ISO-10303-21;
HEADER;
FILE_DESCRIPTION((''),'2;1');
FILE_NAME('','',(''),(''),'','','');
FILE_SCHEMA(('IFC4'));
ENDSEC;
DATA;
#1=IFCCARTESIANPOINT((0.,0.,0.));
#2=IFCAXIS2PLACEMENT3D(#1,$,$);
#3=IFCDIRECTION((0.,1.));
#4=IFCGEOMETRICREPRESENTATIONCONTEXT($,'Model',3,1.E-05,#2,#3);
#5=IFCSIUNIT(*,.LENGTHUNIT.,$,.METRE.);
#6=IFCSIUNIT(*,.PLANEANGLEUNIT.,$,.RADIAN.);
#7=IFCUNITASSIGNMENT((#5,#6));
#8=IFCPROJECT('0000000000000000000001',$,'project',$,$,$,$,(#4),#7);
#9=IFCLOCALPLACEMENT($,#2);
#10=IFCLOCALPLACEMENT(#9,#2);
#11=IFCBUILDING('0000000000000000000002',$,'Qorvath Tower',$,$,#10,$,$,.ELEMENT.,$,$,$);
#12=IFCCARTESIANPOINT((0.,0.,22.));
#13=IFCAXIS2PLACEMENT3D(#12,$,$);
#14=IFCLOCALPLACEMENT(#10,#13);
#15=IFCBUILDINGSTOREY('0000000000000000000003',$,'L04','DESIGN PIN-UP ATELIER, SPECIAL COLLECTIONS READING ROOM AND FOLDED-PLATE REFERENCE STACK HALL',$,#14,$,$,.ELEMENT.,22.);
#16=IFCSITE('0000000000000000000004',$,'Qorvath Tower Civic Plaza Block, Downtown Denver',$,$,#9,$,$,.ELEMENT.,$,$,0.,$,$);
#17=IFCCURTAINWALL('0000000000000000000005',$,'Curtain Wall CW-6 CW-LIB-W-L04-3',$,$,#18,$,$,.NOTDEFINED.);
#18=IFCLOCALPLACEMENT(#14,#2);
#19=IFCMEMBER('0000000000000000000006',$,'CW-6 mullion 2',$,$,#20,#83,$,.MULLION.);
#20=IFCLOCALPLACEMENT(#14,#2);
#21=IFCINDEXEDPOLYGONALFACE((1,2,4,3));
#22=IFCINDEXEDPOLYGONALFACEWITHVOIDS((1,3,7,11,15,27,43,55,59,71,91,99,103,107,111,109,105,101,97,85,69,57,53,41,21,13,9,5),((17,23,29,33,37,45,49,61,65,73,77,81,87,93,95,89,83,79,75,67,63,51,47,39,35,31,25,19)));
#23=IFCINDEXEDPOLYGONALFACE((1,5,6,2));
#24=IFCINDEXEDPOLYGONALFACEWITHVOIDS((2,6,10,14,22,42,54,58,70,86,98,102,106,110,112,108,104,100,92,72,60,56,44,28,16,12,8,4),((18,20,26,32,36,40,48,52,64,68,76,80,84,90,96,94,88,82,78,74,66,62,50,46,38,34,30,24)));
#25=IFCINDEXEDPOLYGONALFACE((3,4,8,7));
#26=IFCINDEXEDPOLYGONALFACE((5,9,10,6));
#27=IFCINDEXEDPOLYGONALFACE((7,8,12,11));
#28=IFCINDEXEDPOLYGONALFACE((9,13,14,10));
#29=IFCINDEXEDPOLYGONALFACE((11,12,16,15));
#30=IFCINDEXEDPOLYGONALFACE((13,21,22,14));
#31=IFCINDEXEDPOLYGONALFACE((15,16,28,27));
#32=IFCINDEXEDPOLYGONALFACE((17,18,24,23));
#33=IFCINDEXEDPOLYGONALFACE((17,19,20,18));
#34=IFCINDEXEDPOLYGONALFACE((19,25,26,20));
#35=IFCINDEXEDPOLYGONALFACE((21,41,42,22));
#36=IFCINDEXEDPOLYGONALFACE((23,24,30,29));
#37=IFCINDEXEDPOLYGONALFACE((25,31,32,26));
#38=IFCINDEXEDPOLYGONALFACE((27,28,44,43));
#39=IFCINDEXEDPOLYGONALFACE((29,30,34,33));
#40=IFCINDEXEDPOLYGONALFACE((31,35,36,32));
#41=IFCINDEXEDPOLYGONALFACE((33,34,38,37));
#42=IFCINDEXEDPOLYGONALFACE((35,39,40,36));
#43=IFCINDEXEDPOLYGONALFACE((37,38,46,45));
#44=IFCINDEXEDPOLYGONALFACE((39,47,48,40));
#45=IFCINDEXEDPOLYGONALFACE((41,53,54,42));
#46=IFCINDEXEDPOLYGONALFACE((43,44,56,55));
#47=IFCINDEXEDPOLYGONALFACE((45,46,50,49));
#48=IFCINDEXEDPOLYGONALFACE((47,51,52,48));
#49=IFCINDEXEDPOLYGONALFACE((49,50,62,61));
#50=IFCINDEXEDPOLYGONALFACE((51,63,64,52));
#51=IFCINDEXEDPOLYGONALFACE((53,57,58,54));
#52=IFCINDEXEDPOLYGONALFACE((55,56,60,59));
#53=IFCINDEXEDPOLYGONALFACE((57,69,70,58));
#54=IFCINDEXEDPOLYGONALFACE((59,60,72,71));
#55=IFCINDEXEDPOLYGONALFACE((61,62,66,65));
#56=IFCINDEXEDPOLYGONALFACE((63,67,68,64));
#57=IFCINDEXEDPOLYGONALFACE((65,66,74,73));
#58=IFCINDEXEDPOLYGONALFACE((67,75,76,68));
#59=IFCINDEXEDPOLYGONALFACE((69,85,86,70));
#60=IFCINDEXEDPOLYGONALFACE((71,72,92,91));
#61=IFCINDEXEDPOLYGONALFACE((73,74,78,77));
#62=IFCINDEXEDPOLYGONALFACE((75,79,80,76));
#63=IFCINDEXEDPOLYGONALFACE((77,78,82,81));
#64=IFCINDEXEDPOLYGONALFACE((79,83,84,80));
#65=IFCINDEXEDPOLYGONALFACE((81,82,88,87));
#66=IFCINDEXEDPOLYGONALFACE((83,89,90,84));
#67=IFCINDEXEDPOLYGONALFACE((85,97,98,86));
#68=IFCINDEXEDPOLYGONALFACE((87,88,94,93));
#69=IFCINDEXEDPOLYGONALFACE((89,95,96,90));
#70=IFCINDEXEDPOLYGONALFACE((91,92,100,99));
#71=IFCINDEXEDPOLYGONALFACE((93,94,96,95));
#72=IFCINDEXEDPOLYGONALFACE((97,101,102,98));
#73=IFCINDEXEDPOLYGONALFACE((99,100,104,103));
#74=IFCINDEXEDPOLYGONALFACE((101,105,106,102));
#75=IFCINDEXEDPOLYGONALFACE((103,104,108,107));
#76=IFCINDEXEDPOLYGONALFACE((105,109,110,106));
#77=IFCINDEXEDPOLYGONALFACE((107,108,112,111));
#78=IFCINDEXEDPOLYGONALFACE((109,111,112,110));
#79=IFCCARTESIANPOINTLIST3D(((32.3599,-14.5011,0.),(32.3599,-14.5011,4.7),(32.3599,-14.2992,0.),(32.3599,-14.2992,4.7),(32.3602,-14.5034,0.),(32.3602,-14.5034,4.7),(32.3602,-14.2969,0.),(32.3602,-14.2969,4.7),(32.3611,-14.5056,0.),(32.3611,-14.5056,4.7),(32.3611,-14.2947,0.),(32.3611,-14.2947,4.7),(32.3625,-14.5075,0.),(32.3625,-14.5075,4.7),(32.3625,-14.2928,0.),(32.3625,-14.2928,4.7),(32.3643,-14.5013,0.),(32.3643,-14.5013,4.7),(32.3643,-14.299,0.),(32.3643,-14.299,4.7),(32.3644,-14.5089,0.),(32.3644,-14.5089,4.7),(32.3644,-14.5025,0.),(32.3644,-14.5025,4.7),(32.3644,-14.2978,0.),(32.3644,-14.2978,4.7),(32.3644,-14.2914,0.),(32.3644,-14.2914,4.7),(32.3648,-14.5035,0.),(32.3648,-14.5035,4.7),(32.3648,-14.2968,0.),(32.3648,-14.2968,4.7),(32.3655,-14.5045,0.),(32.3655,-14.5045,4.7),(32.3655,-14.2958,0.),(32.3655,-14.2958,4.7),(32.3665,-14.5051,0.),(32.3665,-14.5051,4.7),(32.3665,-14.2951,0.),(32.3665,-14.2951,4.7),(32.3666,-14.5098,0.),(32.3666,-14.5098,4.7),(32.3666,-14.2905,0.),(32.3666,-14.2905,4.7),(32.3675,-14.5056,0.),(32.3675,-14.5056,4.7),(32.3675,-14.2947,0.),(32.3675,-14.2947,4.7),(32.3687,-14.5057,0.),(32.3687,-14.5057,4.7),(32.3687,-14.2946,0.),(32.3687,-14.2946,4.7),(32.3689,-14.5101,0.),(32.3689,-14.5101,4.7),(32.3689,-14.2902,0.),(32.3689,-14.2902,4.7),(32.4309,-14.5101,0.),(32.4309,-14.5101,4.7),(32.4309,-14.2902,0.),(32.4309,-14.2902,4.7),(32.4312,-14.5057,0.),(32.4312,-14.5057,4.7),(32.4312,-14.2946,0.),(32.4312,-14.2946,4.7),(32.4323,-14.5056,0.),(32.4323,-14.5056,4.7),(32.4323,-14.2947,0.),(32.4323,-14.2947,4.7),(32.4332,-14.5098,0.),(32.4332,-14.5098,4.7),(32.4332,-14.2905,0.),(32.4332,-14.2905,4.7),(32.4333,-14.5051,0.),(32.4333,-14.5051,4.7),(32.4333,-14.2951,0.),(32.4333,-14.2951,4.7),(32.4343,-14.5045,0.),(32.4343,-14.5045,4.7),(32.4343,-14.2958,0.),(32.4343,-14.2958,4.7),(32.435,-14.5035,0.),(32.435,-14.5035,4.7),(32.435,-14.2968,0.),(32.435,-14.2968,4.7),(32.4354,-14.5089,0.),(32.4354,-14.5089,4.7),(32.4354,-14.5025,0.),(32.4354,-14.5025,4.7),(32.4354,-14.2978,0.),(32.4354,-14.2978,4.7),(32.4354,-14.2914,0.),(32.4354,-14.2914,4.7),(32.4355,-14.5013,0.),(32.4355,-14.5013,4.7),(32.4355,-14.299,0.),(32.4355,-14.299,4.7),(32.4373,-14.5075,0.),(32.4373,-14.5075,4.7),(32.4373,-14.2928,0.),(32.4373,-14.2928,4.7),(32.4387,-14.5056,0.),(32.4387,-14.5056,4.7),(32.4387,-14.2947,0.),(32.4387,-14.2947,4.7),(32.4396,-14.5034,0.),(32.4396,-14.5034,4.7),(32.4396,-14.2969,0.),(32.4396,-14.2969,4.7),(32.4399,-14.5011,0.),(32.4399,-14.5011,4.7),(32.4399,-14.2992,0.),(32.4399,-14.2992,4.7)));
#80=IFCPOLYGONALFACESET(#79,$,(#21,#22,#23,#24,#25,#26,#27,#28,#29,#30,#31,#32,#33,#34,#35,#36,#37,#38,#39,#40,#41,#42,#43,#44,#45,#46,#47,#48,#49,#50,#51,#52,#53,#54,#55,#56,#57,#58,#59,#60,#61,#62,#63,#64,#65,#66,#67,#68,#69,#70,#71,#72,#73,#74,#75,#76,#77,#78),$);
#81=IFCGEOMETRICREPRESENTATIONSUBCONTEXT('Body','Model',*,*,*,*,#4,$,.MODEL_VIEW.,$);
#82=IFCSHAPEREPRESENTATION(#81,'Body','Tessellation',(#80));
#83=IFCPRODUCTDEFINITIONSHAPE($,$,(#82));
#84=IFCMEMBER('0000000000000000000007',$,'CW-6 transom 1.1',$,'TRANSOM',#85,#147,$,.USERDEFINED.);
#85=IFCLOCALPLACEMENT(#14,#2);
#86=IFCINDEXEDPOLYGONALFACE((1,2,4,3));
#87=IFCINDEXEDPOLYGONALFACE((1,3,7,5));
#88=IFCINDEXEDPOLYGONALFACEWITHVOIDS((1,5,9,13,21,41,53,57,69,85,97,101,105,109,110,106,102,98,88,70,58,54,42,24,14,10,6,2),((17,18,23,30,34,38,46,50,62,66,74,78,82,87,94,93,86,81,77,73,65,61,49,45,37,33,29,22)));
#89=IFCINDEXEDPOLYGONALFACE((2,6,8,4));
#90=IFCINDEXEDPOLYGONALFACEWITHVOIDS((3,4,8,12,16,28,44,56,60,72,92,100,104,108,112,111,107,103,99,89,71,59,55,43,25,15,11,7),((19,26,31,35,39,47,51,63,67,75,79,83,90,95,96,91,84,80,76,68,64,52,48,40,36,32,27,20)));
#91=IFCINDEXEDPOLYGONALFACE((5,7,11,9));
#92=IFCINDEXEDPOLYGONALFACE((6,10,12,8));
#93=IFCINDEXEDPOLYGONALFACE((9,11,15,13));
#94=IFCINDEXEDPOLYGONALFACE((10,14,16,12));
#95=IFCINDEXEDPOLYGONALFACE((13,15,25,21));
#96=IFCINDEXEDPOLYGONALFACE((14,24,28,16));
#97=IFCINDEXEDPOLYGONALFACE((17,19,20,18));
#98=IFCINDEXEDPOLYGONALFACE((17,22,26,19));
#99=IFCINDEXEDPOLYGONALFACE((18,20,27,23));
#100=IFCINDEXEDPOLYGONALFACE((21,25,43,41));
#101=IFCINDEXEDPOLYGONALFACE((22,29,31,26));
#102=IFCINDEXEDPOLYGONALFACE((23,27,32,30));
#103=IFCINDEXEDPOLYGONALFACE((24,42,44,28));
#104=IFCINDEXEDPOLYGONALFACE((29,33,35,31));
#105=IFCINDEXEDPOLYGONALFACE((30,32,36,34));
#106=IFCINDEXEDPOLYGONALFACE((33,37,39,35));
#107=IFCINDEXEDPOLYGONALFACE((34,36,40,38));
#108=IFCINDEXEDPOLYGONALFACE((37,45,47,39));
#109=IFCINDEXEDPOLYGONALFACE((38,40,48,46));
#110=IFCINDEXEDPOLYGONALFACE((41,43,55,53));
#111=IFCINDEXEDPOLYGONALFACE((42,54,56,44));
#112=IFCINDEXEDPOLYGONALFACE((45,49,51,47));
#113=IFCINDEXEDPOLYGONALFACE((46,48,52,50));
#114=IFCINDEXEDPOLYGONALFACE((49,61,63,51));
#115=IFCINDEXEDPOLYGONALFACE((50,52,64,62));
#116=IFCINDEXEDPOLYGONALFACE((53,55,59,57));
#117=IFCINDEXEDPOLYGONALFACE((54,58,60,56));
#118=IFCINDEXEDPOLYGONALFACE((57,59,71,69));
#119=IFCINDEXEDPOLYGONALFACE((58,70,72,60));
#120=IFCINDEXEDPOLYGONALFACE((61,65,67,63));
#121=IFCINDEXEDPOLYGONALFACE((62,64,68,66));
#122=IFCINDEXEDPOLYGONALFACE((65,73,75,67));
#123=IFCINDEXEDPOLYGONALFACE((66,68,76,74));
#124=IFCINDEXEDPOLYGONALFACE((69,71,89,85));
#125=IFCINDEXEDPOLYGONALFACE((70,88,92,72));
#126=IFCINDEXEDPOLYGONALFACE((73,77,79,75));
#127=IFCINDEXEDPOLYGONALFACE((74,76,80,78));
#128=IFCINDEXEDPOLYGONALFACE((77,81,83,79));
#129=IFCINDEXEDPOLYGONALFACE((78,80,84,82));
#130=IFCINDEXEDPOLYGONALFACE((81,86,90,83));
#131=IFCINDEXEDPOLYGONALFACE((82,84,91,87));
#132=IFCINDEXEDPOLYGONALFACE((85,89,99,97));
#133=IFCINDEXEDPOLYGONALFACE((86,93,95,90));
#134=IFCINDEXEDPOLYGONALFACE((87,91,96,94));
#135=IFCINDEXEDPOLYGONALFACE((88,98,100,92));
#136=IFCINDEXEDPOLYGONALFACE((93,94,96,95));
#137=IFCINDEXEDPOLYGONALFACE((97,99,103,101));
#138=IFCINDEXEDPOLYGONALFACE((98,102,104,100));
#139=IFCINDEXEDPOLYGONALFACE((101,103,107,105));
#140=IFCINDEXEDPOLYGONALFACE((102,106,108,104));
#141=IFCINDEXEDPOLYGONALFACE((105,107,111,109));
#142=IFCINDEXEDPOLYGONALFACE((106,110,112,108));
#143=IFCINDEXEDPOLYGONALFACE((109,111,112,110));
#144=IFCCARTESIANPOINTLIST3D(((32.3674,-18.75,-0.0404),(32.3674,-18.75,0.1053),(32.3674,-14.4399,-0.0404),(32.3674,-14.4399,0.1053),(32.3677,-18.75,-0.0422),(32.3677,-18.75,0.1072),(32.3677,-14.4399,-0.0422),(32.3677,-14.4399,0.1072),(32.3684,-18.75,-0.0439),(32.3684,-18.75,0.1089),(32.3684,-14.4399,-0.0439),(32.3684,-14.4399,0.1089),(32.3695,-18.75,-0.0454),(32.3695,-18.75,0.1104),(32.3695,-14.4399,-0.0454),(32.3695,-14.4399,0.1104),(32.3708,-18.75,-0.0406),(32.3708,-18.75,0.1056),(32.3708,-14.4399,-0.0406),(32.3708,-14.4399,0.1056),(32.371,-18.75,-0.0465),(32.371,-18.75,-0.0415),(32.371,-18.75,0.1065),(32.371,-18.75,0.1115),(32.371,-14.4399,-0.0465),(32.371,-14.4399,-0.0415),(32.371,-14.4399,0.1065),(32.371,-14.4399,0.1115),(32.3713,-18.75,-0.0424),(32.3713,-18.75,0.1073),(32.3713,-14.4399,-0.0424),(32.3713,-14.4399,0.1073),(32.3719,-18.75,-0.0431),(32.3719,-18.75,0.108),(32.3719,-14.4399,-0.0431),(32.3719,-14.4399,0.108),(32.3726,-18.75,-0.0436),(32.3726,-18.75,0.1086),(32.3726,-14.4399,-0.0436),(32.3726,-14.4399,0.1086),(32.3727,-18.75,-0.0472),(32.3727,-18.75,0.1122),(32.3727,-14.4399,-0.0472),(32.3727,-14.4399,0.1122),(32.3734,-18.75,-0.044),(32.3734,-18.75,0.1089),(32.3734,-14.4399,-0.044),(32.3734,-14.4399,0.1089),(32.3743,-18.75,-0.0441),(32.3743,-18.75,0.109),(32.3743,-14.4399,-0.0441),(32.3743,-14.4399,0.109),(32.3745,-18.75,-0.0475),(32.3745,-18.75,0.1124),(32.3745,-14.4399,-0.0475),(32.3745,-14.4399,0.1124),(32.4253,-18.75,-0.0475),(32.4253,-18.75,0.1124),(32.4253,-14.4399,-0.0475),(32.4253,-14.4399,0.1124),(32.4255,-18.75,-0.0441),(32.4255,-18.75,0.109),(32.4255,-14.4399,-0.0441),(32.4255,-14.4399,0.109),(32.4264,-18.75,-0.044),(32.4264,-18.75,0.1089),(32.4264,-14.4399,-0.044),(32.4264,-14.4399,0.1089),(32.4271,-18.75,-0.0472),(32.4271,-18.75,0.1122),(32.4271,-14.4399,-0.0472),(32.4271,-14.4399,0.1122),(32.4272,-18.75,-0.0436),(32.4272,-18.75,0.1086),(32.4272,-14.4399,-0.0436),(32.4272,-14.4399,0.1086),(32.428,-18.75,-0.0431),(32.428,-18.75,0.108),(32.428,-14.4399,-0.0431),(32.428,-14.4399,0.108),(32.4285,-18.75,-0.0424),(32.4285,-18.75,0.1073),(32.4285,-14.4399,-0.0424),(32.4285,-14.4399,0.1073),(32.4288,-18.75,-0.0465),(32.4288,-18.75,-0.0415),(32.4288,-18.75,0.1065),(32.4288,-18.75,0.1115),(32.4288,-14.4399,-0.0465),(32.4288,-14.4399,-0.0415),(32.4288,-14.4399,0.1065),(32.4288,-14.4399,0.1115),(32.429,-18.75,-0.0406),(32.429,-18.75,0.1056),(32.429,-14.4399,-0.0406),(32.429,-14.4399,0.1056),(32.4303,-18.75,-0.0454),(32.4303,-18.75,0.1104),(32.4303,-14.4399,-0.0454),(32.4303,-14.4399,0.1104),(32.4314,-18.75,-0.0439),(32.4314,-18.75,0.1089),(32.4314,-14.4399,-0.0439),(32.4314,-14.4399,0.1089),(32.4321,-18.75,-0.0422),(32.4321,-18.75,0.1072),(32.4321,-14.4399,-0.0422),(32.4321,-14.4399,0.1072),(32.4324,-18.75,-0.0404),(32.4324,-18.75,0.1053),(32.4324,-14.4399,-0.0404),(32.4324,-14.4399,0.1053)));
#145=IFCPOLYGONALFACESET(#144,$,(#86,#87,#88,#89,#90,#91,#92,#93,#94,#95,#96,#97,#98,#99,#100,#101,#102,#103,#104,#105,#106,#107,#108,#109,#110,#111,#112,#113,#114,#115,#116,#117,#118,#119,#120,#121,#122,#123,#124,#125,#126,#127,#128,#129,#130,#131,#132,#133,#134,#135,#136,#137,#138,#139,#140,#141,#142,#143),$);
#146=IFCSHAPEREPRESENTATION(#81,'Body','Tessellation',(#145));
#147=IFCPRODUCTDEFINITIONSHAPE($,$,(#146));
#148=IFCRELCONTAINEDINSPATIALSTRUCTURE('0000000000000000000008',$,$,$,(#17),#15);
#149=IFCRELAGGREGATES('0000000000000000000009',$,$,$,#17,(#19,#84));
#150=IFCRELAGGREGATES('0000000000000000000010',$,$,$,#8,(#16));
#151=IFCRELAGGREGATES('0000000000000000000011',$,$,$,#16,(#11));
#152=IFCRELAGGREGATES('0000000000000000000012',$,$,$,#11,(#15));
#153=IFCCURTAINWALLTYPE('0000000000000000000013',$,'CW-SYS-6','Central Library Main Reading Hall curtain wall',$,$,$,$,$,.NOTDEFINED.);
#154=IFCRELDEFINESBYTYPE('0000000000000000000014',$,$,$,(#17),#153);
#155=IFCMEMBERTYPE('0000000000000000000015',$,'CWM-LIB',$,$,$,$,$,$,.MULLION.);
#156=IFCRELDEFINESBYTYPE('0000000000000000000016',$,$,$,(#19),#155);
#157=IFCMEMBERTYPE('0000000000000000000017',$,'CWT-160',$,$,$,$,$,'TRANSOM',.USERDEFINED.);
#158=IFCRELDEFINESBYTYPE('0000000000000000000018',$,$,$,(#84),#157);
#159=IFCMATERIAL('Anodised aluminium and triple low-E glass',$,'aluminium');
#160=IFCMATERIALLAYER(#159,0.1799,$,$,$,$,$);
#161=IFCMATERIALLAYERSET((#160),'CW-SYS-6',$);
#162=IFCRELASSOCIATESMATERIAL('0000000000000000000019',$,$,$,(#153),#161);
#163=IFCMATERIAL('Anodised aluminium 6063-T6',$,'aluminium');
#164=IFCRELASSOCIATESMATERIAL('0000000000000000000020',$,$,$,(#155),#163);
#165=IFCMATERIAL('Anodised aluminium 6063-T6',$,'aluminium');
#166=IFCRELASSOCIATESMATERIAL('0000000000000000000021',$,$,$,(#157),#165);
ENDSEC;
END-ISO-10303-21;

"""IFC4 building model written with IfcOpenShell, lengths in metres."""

from ifc_helpers import new_model, si_unit, direction, frame, origin, origin_2d, place, context, subcontext, project, spatial, hollow_rectangle, extrude, material, layer, layer_set, material_profile, profile_set, type_object, element, aggregate, save


model = new_model("IFC4")

# Units and contexts
model_context = context("Model", 3, precision=1e-05, world=origin(), true_north=direction((0.0, 1.0)))
body_context = subcontext(model_context, "Body", "Model", "MODEL_VIEW")
ifc_project = project(units=[si_unit("LENGTHUNIT", "METRE"), si_unit("PLANEANGLEUNIT", "RADIAN")], contexts=[model_context])

# Site, building, storey
site_placement = place(None, origin())
site = spatial("IfcSite", under=ifc_project, at=site_placement, Name="Qorvath Tower Civic Plaza Block, Downtown Denver", CompositionType="ELEMENT", RefElevation=0.0)
building_placement = place(site_placement, origin())
building = spatial("IfcBuilding", under=site, at=building_placement, Name="Qorvath Tower", CompositionType="ELEMENT")
storey_placement = place(building_placement, frame((0.0, 0.0, 22.0)))
storey = spatial("IfcBuildingStorey", under=building, at=storey_placement, Name="L04", Description="DESIGN PIN-UP ATELIER, SPECIAL COLLECTIONS READING ROOM AND FOLDED-PLATE REFERENCE STACK HALL", CompositionType="ELEMENT", Elevation=22.0)

# Curtain wall, members
ifc_material_1 = material(Name="Anodised aluminium and triple low-E glass", Category="aluminium")
ifc_layer_1 = layer(ifc_material_1, 0.1799)
ifc_layer_set_1 = layer_set([ifc_layer_1], Name="CW-SYS-6")
curtain_wall_type = type_object("IfcCurtainWallType", Name="CW-SYS-6", Description="Central Library Main Reading Hall curtain wall", PredefinedType="NOTDEFINED", material=ifc_layer_set_1)
curtain_wall_placement = place(storey_placement, origin())
curtain_wall = element("IfcCurtainWall", 1, at=curtain_wall_placement, inside=storey, type_object=curtain_wall_type, Name="Curtain Wall CW-6 CW-LIB-W-L04-3", PredefinedType="NOTDEFINED")
ifc_material_2 = material(Name="Anodised aluminium 6063-T6", Category="aluminium")
ifc_material_profile_1 = material_profile(ifc_material_2, hollow_rectangle(XDim=0.0801, YDim=0.22, WallThickness=0.0044, InnerFilletRadius=0.0044, OuterFilletRadius=0.009, at=origin_2d()), Name="CWM LIB 220x80")
ifc_profile_set_1 = profile_set([ifc_material_profile_1], Name="Anodised aluminium 6063-T6")
member_type_1 = type_object("IfcMemberType", Name="CWM-LIB", PredefinedType="MULLION", material=ifc_profile_set_1)
member_1_placement = place(storey_placement, frame((32.3999, -14.4001, 0.0), z_axis=(0.0, 0.0, 1.0), x_axis=(-1.0, 0.0, 0.0)))
member_1 = element("IfcMember", 2, at=member_1_placement, type_object=member_type_1, Name="CW-6 mullion 2", PredefinedType="MULLION", context=body_context, shape_type="SweptSolid", body=[
    extrude(hollow_rectangle(XDim=0.0801, YDim=0.22, WallThickness=0.0044, InnerFilletRadius=0.0044, OuterFilletRadius=0.009, at=origin_2d()), origin(), (0.0, 0.0, 1.0), 4.7),
])
ifc_material_3 = material(Name="Anodised aluminium 6063-T6", Category="aluminium")
ifc_material_profile_2 = material_profile(ifc_material_3, hollow_rectangle(XDim=0.0649, YDim=0.1599, WallThickness=0.0034, InnerFilletRadius=0.0034, OuterFilletRadius=0.0071, at=origin_2d()), Name="CWT 160x65")
ifc_profile_set_2 = profile_set([ifc_material_profile_2], Name="Anodised aluminium 6063-T6")
member_type_2 = type_object("IfcMemberType", Name="CWT-160", ElementType="TRANSOM", PredefinedType="USERDEFINED", material=ifc_profile_set_2)
member_2_placement = place(storey_placement, frame((32.3999, -18.75, 0.0325), z_axis=(0.0, 1.0, 0.0), x_axis=(-1.0, 0.0, 0.0)))
member_2 = element("IfcMember", 3, at=member_2_placement, type_object=member_type_2, Name="CW-6 transom 1.1", ObjectType="TRANSOM", PredefinedType="USERDEFINED", context=body_context, shape_type="SweptSolid", body=[
    extrude(hollow_rectangle(XDim=0.0649, YDim=0.1599, WallThickness=0.0034, InnerFilletRadius=0.0034, OuterFilletRadius=0.0071, at=origin_2d()), origin(), (0.0, 0.0, 1.0), 4.3101),
])
aggregate(curtain_wall, [member_1, member_2])

save(model, "model.ifc")
